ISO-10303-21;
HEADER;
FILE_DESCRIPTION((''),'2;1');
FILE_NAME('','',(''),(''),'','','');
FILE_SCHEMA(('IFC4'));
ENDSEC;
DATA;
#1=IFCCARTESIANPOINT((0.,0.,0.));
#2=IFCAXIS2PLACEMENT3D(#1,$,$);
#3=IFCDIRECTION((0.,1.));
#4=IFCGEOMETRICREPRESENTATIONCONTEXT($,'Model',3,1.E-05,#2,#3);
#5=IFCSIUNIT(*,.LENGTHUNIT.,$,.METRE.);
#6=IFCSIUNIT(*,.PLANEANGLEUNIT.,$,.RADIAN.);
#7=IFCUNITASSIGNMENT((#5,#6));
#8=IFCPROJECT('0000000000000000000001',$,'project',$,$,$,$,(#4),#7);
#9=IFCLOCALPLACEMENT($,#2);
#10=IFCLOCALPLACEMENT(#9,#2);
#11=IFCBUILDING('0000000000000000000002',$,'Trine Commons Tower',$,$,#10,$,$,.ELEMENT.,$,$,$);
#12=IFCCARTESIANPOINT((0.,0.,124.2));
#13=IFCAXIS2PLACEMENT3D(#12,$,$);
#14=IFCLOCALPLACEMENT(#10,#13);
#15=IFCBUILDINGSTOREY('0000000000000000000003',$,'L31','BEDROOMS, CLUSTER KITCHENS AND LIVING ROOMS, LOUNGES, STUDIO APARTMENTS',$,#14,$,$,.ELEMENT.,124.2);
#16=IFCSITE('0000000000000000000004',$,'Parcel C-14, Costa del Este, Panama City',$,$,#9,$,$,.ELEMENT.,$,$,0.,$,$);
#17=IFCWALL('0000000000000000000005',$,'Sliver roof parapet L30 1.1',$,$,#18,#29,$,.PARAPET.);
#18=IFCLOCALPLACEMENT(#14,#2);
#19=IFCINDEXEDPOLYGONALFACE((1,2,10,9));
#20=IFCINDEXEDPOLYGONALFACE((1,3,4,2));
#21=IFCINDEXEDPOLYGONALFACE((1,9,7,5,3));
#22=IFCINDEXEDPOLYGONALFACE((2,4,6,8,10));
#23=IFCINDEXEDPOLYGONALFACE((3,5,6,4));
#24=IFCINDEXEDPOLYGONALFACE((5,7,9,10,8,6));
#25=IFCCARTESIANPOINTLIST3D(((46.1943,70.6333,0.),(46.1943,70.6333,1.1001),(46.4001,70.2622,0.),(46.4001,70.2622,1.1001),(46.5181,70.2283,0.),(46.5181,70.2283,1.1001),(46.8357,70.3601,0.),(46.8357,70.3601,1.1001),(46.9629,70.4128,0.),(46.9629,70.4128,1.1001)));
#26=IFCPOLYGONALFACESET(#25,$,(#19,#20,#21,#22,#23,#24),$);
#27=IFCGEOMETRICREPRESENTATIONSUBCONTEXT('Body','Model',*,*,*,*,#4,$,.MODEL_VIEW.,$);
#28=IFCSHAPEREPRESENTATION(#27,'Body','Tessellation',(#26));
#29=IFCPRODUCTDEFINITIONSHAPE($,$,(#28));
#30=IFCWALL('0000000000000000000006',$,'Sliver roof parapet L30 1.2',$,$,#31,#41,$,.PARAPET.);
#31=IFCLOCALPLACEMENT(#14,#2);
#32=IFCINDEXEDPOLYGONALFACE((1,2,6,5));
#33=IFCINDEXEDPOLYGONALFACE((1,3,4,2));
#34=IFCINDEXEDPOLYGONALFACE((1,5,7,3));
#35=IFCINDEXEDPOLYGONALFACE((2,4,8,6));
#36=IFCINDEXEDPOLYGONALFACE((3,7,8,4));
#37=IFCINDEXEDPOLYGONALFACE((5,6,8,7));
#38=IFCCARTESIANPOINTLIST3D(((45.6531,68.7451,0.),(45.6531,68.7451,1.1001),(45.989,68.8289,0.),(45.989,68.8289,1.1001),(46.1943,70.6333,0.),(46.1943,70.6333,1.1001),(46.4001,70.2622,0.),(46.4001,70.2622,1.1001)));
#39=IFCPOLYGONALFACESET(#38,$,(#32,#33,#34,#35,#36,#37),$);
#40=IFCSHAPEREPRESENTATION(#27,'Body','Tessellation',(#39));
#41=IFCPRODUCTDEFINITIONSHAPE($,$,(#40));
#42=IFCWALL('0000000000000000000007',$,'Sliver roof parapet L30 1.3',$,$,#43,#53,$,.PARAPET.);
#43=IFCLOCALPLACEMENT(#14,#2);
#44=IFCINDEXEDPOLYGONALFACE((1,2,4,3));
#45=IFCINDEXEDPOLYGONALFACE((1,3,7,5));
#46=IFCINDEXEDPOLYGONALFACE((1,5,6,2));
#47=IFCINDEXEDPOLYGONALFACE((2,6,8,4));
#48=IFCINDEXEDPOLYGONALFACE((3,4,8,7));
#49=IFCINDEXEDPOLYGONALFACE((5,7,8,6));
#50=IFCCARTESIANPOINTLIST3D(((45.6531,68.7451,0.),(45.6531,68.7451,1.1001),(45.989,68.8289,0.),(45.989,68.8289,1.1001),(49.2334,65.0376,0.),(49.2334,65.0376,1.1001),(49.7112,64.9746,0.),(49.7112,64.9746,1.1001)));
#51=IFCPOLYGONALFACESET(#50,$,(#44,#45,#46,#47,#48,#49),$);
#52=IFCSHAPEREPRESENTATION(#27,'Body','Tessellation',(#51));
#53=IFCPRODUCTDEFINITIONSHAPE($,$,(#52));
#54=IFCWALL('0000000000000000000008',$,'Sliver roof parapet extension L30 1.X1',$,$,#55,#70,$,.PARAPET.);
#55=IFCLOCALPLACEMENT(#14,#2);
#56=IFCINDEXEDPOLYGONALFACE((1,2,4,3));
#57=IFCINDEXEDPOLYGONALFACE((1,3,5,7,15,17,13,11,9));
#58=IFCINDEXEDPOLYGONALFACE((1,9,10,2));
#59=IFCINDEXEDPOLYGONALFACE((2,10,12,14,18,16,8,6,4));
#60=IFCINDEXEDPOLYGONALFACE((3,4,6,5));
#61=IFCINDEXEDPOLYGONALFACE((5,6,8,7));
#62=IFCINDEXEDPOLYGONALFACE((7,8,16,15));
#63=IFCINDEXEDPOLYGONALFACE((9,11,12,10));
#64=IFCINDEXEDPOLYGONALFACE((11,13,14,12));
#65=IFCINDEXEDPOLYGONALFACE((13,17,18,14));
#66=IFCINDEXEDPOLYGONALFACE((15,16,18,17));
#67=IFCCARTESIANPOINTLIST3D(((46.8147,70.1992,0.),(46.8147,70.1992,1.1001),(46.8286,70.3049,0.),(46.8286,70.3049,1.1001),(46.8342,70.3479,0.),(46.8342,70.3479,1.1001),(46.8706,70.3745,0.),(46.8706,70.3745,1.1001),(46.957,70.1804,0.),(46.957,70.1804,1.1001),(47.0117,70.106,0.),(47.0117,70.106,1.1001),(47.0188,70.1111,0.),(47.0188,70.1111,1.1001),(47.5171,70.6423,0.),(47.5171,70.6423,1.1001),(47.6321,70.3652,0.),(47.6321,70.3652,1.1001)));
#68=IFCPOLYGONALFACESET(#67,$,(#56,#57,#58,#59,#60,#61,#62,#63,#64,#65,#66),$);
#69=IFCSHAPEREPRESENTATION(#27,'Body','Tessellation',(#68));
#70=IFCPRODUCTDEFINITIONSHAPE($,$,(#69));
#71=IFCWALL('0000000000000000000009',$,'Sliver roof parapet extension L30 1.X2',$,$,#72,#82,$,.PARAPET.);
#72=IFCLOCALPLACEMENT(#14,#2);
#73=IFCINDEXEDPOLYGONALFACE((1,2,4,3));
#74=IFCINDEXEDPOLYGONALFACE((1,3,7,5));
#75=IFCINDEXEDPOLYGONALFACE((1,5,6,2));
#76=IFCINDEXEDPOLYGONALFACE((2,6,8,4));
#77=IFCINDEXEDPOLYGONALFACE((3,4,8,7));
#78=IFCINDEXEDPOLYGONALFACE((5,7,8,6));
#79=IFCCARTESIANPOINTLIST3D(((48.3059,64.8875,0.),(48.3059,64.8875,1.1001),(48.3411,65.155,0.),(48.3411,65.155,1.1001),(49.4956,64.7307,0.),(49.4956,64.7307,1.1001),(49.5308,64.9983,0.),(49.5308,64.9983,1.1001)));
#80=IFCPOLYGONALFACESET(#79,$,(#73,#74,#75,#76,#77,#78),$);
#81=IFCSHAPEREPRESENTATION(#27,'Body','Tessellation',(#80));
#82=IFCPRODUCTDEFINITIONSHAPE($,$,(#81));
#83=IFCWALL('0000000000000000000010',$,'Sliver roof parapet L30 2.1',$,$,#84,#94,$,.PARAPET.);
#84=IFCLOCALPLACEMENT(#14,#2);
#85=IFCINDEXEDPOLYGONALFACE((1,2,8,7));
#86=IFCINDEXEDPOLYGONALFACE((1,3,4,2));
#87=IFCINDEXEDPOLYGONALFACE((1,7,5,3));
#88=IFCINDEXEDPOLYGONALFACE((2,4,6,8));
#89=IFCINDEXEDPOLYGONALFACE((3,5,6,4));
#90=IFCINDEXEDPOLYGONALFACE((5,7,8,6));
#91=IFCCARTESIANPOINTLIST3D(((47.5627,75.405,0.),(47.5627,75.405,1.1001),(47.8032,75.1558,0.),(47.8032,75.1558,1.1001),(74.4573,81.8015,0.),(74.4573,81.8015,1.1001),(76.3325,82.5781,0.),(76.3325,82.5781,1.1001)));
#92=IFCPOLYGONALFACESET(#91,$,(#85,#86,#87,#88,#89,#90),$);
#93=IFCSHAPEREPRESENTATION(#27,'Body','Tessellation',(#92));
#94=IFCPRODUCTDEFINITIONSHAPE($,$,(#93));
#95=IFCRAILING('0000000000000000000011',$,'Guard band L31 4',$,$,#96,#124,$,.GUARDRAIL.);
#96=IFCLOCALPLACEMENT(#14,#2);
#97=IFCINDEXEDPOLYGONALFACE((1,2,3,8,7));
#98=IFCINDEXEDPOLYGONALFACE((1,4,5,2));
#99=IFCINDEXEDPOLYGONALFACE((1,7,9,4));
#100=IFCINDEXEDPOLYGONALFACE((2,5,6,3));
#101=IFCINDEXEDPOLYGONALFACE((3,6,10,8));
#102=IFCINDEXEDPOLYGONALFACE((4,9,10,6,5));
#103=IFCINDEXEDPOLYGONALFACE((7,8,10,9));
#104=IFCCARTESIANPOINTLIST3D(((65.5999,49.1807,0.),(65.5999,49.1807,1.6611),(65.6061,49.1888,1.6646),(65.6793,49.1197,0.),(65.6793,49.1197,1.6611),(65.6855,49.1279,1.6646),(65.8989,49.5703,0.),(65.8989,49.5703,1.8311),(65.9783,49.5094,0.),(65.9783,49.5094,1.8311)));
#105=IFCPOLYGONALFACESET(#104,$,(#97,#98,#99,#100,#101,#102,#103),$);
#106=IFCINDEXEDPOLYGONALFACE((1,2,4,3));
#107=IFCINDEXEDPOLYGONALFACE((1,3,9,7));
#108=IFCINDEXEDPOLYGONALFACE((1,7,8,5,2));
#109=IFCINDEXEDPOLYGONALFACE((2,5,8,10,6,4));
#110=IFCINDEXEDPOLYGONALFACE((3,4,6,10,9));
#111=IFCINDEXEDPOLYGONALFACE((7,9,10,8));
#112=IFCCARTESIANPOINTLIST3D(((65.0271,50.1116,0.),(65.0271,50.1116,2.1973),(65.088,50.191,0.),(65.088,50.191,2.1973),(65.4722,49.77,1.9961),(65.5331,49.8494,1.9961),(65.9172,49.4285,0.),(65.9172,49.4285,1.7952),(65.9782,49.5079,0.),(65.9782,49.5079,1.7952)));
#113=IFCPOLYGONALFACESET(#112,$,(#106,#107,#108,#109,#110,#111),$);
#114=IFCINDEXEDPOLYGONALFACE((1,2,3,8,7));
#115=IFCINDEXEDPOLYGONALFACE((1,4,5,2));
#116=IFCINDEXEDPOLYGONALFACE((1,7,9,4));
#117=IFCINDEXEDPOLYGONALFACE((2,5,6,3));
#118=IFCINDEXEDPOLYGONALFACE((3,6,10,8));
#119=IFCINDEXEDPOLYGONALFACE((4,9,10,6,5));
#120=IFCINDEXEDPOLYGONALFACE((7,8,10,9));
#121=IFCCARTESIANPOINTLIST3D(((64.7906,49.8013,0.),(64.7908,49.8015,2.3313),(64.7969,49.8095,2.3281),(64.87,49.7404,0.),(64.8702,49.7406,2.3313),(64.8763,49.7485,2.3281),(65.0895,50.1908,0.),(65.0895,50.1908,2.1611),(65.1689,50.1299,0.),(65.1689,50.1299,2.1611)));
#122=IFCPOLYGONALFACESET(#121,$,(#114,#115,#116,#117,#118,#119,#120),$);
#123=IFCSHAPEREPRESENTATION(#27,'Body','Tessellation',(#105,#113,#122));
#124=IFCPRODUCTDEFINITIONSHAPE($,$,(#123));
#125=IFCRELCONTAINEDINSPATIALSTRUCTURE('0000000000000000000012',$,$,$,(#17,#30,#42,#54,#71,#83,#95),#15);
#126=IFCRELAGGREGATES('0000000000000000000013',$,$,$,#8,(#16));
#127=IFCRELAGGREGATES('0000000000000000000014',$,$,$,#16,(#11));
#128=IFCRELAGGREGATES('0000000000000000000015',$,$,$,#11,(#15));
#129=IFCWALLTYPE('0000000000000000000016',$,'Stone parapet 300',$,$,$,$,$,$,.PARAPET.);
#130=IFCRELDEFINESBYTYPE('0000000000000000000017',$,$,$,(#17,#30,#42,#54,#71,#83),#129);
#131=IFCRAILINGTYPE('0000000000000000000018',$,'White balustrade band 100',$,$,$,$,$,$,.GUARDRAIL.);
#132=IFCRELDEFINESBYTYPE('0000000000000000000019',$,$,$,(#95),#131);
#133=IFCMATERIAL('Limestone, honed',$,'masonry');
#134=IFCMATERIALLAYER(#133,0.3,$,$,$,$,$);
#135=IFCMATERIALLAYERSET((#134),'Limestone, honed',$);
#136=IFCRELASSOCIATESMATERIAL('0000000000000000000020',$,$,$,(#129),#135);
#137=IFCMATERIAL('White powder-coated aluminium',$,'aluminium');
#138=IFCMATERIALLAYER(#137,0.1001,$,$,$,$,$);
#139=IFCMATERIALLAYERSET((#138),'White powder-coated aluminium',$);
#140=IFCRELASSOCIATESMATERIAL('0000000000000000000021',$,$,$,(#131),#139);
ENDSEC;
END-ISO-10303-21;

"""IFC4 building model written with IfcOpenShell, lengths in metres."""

from ifc_helpers import new_model, si_unit, direction, frame, origin, place, context, subcontext, project, spatial, polyline, outline, extrude, material, layer, layer_set, type_object, element, save


model = new_model("IFC4")

# Units and contexts
model_context = context("Model", 3, precision=1e-05, world=origin(), true_north=direction((0.0, 1.0)))
body_context = subcontext(model_context, "Body", "Model", "MODEL_VIEW")
ifc_project = project(units=[si_unit("LENGTHUNIT", "METRE"), si_unit("PLANEANGLEUNIT", "RADIAN")], contexts=[model_context])

# Site, building, storey
site_placement = place(None, origin())
site = spatial("IfcSite", under=ifc_project, at=site_placement, Name="Parcel C-14, Costa del Este, Panama City", CompositionType="ELEMENT", RefElevation=0.0)
building_placement = place(site_placement, origin())
building = spatial("IfcBuilding", under=site, at=building_placement, Name="Trine Commons Tower", CompositionType="ELEMENT")
storey_placement = place(building_placement, frame((0.0, 0.0, 124.2)))
storey = spatial("IfcBuildingStorey", under=building, at=storey_placement, Name="L31", Description="BEDROOMS, CLUSTER KITCHENS AND LIVING ROOMS, LOUNGES, STUDIO APARTMENTS", CompositionType="ELEMENT", Elevation=124.2)

# Walls
ifc_material_1 = material(Name="Limestone, honed", Category="masonry")
ifc_layer_1 = layer(ifc_material_1, 0.3)
ifc_layer_set_1 = layer_set([ifc_layer_1], Name="Limestone, honed")
wall_type = type_object("IfcWallType", Name="Stone parapet 300", PredefinedType="PARAPET", material=ifc_layer_set_1)
wall_1_placement = place(storey_placement, origin())
element("IfcWall", 1, at=wall_1_placement, inside=storey, type_object=wall_type, Name="Sliver roof parapet L30 1.1", PredefinedType="PARAPET", context=body_context, shape_type="SweptSolid", body=[
    extrude(outline(polyline([(46.9629, 70.4128), (46.1943, 70.6333), (46.4001, 70.2622), (46.5181, 70.2283), (46.8357, 70.3601), (46.9629, 70.4128)])), origin(), (0.0, 0.0, 1.0), 1.1001),
])
wall_2_placement = place(storey_placement, origin())
element("IfcWall", 2, at=wall_2_placement, inside=storey, type_object=wall_type, Name="Sliver roof parapet L30 1.2", PredefinedType="PARAPET", context=body_context, shape_type="SweptSolid", body=[
    extrude(outline(polyline([(46.1943, 70.6333), (45.6531, 68.7451), (45.989, 68.8289), (46.4001, 70.2622), (46.1943, 70.6333)])), origin(), (0.0, 0.0, 1.0), 1.1001),
])
wall_3_placement = place(storey_placement, origin())
element("IfcWall", 3, at=wall_3_placement, inside=storey, type_object=wall_type, Name="Sliver roof parapet L30 1.3", PredefinedType="PARAPET", context=body_context, shape_type="SweptSolid", body=[
    extrude(outline(polyline([(45.6531, 68.7451), (49.2334, 65.0376), (49.7112, 64.9746), (45.989, 68.8289), (45.6531, 68.7451)])), origin(), (0.0, 0.0, 1.0), 1.1001),
])
wall_4_placement = place(storey_placement, origin())
element("IfcWall", 4, at=wall_4_placement, inside=storey, type_object=wall_type, Name="Sliver roof parapet extension L30 1.X1", PredefinedType="PARAPET", context=body_context, shape_type="SweptSolid", body=[
    extrude(outline(polyline([(46.8342, 70.3479), (46.8286, 70.3049), (46.8147, 70.1992), (46.957, 70.1804), (47.0117, 70.106), (47.0188, 70.1111), (47.6321, 70.3652), (47.5171, 70.6423), (46.8706, 70.3745), (46.8342, 70.3479)])), origin(), (0.0, 0.0, 1.0), 1.1001),
])
wall_5_placement = place(storey_placement, origin())
element("IfcWall", 5, at=wall_5_placement, inside=storey, type_object=wall_type, Name="Sliver roof parapet extension L30 1.X2", PredefinedType="PARAPET", context=body_context, shape_type="SweptSolid", body=[
    extrude(outline(polyline([(49.4956, 64.7307), (49.5308, 64.9983), (48.3411, 65.155), (48.3059, 64.8875), (49.4956, 64.7307)])), origin(), (0.0, 0.0, 1.0), 1.1001),
])
wall_6_placement = place(storey_placement, origin())
element("IfcWall", 6, at=wall_6_placement, inside=storey, type_object=wall_type, Name="Sliver roof parapet L30 2.1", PredefinedType="PARAPET", context=body_context, shape_type="SweptSolid", body=[
    extrude(outline(polyline([(76.3325, 82.5781), (47.5627, 75.405), (47.8032, 75.1558), (74.4573, 81.8015), (76.3325, 82.5781)])), origin(), (0.0, 0.0, 1.0), 1.1001),
])

# Railing
ifc_material_2 = material(Name="White powder-coated aluminium", Category="aluminium")
ifc_layer_2 = layer(ifc_material_2, 0.1001)
ifc_layer_set_2 = layer_set([ifc_layer_2], Name="White powder-coated aluminium")
railing_type = type_object("IfcRailingType", Name="White balustrade band 100", PredefinedType="GUARDRAIL", material=ifc_layer_set_2)
railing_1_placement = place(storey_placement, origin())
element("IfcRailing", 7, at=railing_1_placement, inside=storey, type_object=railing_type, Name="Guard band L31 4", PredefinedType="GUARDRAIL", context=body_context, shape_type="SweptSolid", body=[
    extrude(outline(polyline([(0.0, 0.0), (0.4912, 0.0), (0.4912, 1.8311), (0.4912, 1.8311), (0.0103, 1.6646), (0.0, 1.6611), (0.0, 0.0)])), frame((65.5999, 49.1807, 0.0), z_axis=(0.79327, -0.60887, 0.0), x_axis=(0.60887, 0.79327, 0.0)), (0.0, 0.0, 1.0), 0.1001),
    extrude(outline(polyline([(0.0, 0.0), (1.1221, 0.0), (1.1221, 2.1973), (0.561, 1.9961), (0.0, 1.7952), (0.0, 0.0)])), frame((65.9172, 49.4285, 0.0), z_axis=(0.608806, 0.793319, 0.0), x_axis=(-0.793319, 0.608806, 0.0)), (0.0, 0.0, 1.0), 0.1001),
    extrude(outline(polyline([(0.0, 0.0), (0.491, 0.0), (0.4907, 2.3313), (0.4807, 2.3281), (0.0, 2.1611), (0.0, 0.0)])), frame((65.1689, 50.1299, 0.0), z_axis=(-0.793326, 0.608797, 0.0), x_axis=(-0.608797, -0.793326, 0.0)), (0.0, 0.0, 1.0), 0.1001),
])

save(model, "model.ifc")
